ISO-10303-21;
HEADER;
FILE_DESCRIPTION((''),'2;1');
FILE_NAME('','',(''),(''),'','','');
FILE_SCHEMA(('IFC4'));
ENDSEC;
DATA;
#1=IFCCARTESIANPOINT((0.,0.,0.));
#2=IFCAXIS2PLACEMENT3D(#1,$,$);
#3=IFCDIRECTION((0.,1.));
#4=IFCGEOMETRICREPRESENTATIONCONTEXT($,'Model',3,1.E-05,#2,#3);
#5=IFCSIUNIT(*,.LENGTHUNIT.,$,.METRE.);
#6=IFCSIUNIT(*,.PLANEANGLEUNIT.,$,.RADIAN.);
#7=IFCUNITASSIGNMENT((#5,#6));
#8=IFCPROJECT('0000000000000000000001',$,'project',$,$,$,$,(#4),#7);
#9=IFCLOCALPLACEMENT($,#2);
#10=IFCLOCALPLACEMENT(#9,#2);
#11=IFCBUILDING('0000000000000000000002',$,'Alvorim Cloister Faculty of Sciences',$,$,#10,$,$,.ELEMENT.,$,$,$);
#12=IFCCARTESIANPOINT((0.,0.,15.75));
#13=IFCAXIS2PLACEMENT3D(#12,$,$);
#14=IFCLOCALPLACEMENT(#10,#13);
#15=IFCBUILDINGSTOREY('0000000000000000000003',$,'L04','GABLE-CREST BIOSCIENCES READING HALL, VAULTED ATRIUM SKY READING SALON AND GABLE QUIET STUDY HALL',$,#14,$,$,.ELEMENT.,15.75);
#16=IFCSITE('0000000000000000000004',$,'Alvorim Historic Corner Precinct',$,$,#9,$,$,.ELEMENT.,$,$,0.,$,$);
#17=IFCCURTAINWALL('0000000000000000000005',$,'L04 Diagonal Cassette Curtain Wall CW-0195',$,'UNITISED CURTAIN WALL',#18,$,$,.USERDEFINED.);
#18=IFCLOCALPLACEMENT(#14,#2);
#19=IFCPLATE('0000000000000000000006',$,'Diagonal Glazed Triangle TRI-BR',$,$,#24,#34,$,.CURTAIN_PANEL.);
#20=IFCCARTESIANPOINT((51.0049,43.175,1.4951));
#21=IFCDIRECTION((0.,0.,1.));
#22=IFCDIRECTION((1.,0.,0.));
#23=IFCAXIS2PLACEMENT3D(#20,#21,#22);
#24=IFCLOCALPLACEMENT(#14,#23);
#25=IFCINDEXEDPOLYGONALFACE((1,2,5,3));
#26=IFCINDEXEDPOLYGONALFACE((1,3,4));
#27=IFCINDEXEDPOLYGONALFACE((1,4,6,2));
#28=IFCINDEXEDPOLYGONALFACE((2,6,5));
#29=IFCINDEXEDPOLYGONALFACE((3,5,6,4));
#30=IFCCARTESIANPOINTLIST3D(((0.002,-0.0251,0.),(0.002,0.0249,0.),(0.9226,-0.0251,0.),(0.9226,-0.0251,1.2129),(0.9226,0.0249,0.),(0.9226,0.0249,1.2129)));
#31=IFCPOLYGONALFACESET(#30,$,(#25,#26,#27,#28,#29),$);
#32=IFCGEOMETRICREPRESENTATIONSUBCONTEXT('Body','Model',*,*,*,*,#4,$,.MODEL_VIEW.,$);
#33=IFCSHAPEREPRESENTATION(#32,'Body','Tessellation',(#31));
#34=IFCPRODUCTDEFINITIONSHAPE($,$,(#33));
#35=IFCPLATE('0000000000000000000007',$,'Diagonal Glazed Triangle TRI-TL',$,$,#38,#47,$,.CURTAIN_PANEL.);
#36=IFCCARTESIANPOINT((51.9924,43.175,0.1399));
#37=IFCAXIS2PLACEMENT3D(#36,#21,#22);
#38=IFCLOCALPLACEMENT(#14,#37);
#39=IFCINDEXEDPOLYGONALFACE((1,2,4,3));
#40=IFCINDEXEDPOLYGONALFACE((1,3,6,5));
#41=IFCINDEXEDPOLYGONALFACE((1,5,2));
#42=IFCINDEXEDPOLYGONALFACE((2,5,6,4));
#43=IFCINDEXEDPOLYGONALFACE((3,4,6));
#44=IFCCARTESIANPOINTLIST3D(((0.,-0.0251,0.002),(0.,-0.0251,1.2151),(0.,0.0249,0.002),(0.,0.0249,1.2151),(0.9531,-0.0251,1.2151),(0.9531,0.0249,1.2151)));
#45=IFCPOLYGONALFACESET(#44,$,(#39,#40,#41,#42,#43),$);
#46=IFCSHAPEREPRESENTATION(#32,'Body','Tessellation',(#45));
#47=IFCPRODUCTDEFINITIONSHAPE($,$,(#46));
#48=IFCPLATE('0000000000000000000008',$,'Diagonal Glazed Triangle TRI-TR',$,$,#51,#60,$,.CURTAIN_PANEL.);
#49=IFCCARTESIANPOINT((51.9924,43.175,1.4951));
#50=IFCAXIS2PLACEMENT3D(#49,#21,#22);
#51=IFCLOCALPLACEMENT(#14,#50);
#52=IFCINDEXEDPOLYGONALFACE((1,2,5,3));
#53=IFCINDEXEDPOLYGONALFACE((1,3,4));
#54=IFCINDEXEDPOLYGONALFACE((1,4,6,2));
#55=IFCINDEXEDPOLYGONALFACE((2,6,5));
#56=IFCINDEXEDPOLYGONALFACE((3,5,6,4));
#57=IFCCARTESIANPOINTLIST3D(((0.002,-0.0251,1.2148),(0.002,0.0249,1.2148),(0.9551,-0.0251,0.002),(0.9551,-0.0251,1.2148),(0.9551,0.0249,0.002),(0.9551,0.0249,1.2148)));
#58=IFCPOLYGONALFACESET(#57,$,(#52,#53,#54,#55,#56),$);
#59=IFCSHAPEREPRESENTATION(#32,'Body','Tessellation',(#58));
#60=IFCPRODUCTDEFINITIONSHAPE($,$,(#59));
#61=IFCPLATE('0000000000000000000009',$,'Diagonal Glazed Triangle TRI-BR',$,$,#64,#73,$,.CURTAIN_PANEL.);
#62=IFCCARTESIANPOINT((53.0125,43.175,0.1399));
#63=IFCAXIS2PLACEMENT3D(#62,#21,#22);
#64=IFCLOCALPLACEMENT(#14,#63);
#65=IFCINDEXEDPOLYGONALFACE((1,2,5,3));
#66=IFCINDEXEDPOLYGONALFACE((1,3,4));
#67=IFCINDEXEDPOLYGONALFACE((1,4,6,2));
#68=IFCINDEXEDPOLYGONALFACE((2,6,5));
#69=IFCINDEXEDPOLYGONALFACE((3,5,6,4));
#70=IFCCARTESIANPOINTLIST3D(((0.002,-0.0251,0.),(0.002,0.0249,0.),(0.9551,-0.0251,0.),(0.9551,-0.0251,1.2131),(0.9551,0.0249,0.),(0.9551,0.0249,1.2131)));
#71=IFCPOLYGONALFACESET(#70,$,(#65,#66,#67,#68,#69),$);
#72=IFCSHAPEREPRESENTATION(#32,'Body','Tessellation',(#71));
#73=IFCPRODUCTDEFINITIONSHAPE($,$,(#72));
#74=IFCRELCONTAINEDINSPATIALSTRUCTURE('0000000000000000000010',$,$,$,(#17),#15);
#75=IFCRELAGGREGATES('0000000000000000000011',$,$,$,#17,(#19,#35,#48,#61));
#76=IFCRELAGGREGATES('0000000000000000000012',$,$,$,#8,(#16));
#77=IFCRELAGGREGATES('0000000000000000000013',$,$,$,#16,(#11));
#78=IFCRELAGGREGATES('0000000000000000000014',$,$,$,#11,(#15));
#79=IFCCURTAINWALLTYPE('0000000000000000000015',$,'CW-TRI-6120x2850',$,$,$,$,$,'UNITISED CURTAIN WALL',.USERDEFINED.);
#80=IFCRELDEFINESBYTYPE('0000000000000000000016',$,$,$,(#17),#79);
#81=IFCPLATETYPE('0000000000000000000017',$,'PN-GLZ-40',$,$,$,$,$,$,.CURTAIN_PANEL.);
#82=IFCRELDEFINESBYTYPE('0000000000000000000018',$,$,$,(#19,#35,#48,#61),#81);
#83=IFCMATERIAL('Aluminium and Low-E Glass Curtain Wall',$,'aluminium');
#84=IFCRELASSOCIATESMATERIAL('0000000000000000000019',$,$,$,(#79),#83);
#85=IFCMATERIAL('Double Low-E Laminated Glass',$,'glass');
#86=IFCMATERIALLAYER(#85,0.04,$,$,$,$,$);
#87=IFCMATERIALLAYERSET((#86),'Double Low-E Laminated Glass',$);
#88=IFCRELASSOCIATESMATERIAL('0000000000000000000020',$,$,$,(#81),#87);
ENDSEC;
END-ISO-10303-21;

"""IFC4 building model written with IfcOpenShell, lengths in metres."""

from ifc_helpers import new_model, si_unit, direction, frame, origin, place, context, subcontext, project, spatial, polyline, outline, extrude, material, layer, layer_set, type_object, element, aggregate, save


model = new_model("IFC4")

# Units and contexts
model_context = context("Model", 3, precision=1e-05, world=origin(), true_north=direction((0.0, 1.0)))
body_context = subcontext(model_context, "Body", "Model", "MODEL_VIEW")
ifc_project = project(units=[si_unit("LENGTHUNIT", "METRE"), si_unit("PLANEANGLEUNIT", "RADIAN")], contexts=[model_context])

# Site, building, storey
site_placement = place(None, origin())
site = spatial("IfcSite", under=ifc_project, at=site_placement, Name="Alvorim Historic Corner Precinct", CompositionType="ELEMENT", RefElevation=0.0)
building_placement = place(site_placement, origin())
building = spatial("IfcBuilding", under=site, at=building_placement, Name="Alvorim Cloister Faculty of Sciences", CompositionType="ELEMENT")
storey_placement = place(building_placement, frame((0.0, 0.0, 15.75)))
storey = spatial("IfcBuildingStorey", under=building, at=storey_placement, Name="L04", Description="GABLE-CREST BIOSCIENCES READING HALL, VAULTED ATRIUM SKY READING SALON AND GABLE QUIET STUDY HALL", CompositionType="ELEMENT", Elevation=15.75)

# Curtain wall
ifc_material_1 = material(Name="Aluminium and Low-E Glass Curtain Wall", Category="aluminium")
curtain_wall_type = type_object("IfcCurtainWallType", Name="CW-TRI-6120x2850", ElementType="UNITISED CURTAIN WALL", PredefinedType="USERDEFINED", material=ifc_material_1)
curtain_wall_1_placement = place(storey_placement, origin())
curtain_wall_1 = element("IfcCurtainWall", 1, at=curtain_wall_1_placement, inside=storey, type_object=curtain_wall_type, Name="L04 Diagonal Cassette Curtain Wall CW-0195", ObjectType="UNITISED CURTAIN WALL", PredefinedType="USERDEFINED")

# Plates
ifc_material_2 = material(Name="Double Low-E Laminated Glass", Category="glass")
ifc_layer_1 = layer(ifc_material_2, 0.04)
ifc_layer_set_1 = layer_set([ifc_layer_1], Name="Double Low-E Laminated Glass")
plate_type = type_object("IfcPlateType", Name="PN-GLZ-40", PredefinedType="CURTAIN_PANEL", material=ifc_layer_set_1)
plate_1_placement = place(storey_placement, frame((51.0049, 43.175, 1.4951), z_axis=(0.0, 0.0, 1.0), x_axis=(1.0, 0.0, 0.0)))
plate_1 = element("IfcPlate", 2, at=plate_1_placement, type_object=plate_type, Name="Diagonal Glazed Triangle TRI-BR", PredefinedType="CURTAIN_PANEL", context=body_context, shape_type="SweptSolid", body=[
    extrude(outline(polyline([(0.002, 0.0), (0.9226, 0.0), (0.9226, 1.2129), (0.002, 0.0)])), frame((0.0, 0.0249, 0.0), z_axis=(0.0, -1.0, 0.0), x_axis=(1.0, 0.0, 0.0)), (0.0, 0.0, 1.0), 0.05),
])
plate_2_placement = place(storey_placement, frame((51.9924, 43.175, 0.1399), z_axis=(0.0, 0.0, 1.0), x_axis=(1.0, 0.0, 0.0)))
plate_2 = element("IfcPlate", 3, at=plate_2_placement, type_object=plate_type, Name="Diagonal Glazed Triangle TRI-TL", PredefinedType="CURTAIN_PANEL", context=body_context, shape_type="SweptSolid", body=[
    extrude(outline(polyline([(0.9531, 1.2151), (0.0, 1.2151), (0.0, 0.002), (0.9531, 1.2151)])), frame((0.0, 0.0249, 0.0), z_axis=(0.0, -1.0, 0.0), x_axis=(1.0, 0.0, 0.0)), (0.0, 0.0, 1.0), 0.05),
])
plate_3_placement = place(storey_placement, frame((51.9924, 43.175, 1.4951), z_axis=(0.0, 0.0, 1.0), x_axis=(1.0, 0.0, 0.0)))
plate_3 = element("IfcPlate", 4, at=plate_3_placement, type_object=plate_type, Name="Diagonal Glazed Triangle TRI-TR", PredefinedType="CURTAIN_PANEL", context=body_context, shape_type="SweptSolid", body=[
    extrude(outline(polyline([(0.9551, 0.002), (0.9551, 1.2148), (0.002, 1.2148), (0.9551, 0.002)])), frame((0.0, 0.0249, 0.0), z_axis=(0.0, -1.0, 0.0), x_axis=(1.0, 0.0, 0.0)), (0.0, 0.0, 1.0), 0.05),
])
plate_4_placement = place(storey_placement, frame((53.0125, 43.175, 0.1399), z_axis=(0.0, 0.0, 1.0), x_axis=(1.0, 0.0, 0.0)))
plate_4 = element("IfcPlate", 5, at=plate_4_placement, type_object=plate_type, Name="Diagonal Glazed Triangle TRI-BR", PredefinedType="CURTAIN_PANEL", context=body_context, shape_type="SweptSolid", body=[
    extrude(outline(polyline([(0.002, 0.0), (0.9551, 0.0), (0.9551, 1.2131), (0.002, 0.0)])), frame((0.0, 0.0249, 0.0), z_axis=(0.0, -1.0, 0.0), x_axis=(1.0, 0.0, 0.0)), (0.0, 0.0, 1.0), 0.05),
])
aggregate(curtain_wall_1, [plate_1, plate_2, plate_3, plate_4])

save(model, "model.ifc")
